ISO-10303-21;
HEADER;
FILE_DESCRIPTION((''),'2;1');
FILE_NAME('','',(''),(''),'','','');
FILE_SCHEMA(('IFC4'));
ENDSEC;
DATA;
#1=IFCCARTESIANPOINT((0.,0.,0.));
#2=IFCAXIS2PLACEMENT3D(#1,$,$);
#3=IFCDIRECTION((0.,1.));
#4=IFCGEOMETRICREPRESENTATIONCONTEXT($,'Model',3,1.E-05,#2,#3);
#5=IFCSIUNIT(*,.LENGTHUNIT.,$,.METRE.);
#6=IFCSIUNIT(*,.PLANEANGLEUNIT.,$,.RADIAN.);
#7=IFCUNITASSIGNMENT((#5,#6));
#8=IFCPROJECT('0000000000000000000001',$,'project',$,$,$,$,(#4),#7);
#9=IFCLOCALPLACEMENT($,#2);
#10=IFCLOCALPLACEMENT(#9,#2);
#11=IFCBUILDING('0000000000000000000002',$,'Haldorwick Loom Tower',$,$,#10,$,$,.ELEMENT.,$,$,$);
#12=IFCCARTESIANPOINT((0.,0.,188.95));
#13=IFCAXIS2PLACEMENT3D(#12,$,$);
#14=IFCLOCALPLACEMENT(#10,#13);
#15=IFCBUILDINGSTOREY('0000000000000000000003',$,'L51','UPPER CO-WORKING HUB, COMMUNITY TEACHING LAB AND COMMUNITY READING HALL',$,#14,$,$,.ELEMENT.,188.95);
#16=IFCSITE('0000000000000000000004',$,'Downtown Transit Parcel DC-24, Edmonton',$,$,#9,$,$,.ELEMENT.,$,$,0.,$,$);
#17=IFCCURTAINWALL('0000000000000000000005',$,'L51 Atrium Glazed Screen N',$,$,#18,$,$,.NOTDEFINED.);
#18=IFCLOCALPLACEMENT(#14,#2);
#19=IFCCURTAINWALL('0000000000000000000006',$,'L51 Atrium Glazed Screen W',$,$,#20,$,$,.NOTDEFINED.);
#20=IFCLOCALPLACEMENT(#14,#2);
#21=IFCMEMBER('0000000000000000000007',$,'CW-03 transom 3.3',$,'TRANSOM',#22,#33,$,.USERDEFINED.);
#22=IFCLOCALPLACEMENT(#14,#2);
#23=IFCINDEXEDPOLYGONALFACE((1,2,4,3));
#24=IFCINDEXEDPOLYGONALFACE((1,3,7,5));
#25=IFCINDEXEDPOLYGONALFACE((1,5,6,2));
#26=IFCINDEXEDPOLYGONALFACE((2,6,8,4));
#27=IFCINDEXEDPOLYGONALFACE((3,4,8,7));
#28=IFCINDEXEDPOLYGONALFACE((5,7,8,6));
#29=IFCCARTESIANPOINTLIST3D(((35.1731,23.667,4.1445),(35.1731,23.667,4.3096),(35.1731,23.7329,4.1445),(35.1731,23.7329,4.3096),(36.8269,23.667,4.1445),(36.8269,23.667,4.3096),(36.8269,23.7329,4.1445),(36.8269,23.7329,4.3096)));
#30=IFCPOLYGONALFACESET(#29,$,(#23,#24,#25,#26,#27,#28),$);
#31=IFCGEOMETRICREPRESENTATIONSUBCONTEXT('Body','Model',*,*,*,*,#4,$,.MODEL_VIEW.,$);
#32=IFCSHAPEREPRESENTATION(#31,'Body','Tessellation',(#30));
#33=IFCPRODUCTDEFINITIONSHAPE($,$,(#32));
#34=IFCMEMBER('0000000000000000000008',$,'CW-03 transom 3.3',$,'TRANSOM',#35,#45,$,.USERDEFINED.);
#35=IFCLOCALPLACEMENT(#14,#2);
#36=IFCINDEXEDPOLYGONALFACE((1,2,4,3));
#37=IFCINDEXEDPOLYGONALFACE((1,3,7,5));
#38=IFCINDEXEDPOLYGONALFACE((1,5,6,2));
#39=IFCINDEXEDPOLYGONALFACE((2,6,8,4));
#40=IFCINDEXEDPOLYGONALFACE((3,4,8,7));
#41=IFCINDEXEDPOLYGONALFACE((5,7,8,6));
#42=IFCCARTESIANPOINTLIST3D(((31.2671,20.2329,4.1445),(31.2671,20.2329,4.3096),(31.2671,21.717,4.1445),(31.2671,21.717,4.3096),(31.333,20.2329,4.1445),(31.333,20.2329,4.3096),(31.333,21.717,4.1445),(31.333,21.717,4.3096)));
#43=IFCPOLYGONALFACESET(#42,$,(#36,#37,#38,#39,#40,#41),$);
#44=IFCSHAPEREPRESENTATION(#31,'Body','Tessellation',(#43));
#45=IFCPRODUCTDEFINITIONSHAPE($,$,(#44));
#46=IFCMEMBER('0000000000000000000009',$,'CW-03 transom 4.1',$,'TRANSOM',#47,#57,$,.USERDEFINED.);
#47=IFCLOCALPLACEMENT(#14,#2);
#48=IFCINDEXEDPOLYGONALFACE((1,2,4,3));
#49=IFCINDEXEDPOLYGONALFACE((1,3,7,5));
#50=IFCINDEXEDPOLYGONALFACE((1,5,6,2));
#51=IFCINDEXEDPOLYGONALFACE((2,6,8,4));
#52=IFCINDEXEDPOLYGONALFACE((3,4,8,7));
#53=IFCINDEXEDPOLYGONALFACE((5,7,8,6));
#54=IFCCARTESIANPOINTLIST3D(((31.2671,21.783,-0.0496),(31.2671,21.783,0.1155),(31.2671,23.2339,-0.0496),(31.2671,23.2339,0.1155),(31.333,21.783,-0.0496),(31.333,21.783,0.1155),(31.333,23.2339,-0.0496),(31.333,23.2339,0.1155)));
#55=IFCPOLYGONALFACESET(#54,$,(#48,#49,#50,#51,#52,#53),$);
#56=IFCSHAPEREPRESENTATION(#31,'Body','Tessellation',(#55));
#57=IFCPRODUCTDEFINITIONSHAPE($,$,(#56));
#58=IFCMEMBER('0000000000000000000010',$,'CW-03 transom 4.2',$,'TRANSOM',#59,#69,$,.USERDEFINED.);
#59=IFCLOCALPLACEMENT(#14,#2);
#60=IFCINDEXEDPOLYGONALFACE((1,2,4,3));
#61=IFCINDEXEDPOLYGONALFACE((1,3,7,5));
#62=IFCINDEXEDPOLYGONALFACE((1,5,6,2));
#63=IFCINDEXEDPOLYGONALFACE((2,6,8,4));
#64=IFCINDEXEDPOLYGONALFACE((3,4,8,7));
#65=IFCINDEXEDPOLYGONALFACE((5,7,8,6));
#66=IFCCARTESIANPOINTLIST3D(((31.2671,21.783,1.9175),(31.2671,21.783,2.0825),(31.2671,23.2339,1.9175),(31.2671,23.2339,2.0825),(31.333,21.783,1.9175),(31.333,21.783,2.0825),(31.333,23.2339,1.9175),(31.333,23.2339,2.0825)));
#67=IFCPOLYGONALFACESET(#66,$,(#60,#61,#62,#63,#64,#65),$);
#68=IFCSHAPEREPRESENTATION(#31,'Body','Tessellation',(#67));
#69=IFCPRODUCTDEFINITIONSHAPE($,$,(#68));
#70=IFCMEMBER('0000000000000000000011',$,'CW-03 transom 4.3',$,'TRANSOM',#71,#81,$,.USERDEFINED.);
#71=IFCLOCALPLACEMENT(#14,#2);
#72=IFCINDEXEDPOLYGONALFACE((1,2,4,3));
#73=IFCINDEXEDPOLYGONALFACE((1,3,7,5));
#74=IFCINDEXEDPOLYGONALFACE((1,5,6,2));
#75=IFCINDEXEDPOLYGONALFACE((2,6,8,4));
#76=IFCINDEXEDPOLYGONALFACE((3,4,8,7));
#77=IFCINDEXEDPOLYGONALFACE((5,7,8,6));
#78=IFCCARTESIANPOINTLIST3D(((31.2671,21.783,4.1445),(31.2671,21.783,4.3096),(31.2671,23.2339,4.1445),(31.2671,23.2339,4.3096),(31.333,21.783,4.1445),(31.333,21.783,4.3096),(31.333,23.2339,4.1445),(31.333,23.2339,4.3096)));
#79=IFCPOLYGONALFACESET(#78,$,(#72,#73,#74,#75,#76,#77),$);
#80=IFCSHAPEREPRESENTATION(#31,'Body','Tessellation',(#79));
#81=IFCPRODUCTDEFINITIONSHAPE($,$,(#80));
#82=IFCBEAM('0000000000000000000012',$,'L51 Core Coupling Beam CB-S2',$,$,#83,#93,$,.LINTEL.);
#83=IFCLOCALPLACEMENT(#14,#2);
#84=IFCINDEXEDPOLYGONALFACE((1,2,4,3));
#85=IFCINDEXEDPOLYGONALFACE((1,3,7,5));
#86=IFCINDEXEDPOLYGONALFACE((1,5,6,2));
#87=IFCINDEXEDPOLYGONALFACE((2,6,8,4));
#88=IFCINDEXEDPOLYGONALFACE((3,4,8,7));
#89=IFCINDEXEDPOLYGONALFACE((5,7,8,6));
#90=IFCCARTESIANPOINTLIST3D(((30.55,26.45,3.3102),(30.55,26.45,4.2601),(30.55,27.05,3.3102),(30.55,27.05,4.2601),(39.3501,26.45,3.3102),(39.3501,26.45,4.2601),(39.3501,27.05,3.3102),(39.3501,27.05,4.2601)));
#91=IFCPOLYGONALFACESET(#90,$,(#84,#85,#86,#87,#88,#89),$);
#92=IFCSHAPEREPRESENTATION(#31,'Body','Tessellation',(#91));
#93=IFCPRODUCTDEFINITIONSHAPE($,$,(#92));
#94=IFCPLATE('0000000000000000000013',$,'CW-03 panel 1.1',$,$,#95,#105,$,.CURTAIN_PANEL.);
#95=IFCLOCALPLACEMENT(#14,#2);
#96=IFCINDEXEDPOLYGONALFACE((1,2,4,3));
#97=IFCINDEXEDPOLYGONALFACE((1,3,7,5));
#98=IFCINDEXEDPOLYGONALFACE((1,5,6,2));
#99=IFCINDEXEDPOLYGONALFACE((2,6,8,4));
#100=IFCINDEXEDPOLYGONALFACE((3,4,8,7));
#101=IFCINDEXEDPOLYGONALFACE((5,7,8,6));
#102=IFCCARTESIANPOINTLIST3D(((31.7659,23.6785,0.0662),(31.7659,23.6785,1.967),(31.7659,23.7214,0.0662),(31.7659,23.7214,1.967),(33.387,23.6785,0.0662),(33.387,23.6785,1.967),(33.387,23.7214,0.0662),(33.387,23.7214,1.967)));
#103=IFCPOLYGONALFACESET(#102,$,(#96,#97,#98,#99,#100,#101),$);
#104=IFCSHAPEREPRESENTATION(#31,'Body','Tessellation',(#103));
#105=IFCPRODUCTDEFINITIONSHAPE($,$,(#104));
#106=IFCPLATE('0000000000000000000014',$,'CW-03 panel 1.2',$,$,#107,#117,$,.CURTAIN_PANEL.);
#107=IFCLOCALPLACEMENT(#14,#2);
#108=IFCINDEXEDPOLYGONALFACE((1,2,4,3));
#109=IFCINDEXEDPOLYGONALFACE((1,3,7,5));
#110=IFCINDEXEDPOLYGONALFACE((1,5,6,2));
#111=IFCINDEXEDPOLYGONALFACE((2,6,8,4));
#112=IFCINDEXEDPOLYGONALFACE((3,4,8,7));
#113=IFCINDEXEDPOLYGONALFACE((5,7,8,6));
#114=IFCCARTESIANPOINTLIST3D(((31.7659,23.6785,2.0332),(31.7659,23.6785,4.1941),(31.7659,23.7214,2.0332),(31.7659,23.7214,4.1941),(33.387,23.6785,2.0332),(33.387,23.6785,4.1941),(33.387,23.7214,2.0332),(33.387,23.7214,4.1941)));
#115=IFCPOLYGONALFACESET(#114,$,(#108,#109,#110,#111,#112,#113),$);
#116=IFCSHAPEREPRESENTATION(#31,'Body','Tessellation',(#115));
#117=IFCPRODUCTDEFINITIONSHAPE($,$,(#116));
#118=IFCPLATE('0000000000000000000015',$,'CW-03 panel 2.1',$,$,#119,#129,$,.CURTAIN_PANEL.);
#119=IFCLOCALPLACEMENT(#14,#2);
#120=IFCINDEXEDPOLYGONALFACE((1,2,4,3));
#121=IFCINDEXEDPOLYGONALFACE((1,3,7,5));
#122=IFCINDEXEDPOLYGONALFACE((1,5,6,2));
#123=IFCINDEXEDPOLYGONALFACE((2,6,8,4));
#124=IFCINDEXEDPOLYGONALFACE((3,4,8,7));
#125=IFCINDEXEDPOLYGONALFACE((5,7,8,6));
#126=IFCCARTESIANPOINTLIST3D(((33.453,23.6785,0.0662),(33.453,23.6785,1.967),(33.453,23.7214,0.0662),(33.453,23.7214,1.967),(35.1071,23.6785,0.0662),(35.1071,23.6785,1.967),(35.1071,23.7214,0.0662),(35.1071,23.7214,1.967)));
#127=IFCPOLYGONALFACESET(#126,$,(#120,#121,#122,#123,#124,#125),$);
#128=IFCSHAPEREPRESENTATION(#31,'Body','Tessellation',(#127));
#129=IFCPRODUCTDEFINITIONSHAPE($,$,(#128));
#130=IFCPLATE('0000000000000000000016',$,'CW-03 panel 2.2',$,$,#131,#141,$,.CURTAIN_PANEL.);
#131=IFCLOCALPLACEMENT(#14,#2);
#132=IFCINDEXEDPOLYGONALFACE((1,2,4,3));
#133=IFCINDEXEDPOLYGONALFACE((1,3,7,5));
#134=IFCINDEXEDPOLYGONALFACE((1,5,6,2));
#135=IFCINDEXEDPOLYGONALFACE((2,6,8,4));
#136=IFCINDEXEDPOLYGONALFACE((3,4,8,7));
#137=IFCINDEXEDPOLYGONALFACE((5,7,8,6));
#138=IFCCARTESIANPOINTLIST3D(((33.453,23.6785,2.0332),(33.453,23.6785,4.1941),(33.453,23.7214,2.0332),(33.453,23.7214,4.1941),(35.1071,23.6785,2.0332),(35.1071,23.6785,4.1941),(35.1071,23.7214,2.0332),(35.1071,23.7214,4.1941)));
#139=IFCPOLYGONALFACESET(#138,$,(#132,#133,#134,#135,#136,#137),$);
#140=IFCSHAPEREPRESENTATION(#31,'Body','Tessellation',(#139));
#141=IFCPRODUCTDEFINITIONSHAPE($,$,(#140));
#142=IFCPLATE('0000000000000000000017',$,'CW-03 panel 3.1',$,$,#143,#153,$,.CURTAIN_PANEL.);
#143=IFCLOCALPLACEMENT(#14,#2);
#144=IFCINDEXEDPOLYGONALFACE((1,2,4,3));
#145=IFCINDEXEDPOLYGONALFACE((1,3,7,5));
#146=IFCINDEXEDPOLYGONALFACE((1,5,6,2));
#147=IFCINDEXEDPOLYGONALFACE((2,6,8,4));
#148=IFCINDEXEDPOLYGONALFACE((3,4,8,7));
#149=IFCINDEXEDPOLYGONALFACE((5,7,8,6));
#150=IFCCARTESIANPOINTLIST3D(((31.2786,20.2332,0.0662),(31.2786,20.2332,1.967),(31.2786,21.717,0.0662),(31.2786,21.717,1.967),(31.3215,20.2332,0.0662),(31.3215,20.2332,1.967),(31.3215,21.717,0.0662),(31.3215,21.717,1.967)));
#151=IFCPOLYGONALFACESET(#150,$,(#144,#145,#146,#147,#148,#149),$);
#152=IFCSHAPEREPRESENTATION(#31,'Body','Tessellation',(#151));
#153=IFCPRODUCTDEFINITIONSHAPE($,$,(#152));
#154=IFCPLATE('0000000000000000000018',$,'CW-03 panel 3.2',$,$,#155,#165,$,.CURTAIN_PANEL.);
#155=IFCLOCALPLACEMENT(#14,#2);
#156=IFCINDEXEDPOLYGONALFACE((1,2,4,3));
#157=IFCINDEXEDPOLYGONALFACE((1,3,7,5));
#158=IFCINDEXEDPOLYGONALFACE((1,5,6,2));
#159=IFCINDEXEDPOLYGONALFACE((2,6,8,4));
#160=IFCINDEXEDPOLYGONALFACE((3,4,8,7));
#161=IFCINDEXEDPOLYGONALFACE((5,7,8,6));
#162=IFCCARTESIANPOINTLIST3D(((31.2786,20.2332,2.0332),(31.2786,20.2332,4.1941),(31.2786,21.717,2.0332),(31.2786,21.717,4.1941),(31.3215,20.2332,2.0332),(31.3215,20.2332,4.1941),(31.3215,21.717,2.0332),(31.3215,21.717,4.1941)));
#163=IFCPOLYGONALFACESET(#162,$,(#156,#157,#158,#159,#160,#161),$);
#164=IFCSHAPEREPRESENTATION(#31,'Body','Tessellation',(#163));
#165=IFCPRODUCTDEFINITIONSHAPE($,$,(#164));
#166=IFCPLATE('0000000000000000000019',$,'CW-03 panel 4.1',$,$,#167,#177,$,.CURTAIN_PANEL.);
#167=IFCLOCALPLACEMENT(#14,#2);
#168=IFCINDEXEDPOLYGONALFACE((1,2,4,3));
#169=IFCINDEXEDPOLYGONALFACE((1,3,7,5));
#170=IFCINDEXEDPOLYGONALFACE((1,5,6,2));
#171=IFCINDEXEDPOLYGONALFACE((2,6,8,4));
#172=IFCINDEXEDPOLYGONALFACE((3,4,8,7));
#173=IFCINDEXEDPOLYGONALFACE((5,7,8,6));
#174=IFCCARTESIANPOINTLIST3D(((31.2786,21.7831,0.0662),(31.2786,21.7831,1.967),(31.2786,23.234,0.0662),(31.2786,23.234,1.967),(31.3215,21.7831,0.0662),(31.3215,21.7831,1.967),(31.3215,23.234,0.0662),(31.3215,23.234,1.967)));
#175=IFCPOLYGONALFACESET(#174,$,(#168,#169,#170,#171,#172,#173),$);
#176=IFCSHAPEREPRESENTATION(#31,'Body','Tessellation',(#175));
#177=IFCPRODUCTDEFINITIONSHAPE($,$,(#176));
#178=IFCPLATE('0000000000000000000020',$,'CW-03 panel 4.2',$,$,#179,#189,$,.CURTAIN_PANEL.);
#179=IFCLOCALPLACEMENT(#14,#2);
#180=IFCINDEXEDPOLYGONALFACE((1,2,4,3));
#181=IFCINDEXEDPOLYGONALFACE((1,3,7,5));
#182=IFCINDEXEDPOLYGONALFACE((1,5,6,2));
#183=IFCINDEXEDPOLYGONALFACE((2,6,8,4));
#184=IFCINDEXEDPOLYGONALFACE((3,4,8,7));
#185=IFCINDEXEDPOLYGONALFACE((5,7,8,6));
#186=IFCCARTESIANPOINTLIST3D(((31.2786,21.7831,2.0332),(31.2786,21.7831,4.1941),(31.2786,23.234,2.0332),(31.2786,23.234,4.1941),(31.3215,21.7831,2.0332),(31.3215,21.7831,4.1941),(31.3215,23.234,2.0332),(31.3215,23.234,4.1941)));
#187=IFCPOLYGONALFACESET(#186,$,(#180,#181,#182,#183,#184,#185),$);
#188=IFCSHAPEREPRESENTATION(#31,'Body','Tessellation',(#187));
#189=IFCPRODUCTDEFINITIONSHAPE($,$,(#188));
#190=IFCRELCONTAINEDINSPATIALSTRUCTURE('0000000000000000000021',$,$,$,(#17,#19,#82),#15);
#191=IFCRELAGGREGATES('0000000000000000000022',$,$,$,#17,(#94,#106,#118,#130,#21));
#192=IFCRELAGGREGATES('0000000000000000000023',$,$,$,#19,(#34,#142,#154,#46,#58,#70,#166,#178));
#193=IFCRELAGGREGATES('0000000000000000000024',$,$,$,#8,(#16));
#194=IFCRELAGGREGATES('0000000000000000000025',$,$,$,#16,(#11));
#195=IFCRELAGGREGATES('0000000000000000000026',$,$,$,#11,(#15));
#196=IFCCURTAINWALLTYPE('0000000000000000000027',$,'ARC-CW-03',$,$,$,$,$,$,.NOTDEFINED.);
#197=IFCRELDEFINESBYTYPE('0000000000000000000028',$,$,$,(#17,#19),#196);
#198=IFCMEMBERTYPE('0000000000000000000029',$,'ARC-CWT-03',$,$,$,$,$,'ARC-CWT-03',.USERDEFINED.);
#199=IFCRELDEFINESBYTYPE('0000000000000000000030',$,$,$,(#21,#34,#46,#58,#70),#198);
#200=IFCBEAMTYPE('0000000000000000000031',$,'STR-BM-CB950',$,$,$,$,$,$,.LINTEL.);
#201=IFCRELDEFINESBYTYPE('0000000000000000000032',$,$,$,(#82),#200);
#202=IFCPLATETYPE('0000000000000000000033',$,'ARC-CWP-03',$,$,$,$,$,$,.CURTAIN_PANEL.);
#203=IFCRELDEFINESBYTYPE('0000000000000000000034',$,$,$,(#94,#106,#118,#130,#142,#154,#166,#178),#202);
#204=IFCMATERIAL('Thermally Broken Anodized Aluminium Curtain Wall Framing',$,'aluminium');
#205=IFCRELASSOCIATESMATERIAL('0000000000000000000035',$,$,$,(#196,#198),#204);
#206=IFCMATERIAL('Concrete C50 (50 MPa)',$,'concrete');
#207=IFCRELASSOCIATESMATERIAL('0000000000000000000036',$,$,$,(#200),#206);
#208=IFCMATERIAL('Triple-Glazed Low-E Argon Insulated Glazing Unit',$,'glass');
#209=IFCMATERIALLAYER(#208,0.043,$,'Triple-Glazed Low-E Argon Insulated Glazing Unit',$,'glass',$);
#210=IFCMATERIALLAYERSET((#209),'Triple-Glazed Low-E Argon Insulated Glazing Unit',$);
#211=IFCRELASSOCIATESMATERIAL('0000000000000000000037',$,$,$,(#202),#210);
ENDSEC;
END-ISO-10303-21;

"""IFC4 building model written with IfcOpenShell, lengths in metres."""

from ifc_helpers import new_model, si_unit, direction, frame, origin, origin_2d, place, context, subcontext, project, spatial, rectangle, extrude, material, layer, layer_set, material_profile, profile_set, type_object, element, aggregate, save


model = new_model("IFC4")

# Units and contexts
model_context = context("Model", 3, precision=1e-05, world=origin(), true_north=direction((0.0, 1.0)))
body_context = subcontext(model_context, "Body", "Model", "MODEL_VIEW")
ifc_project = project(units=[si_unit("LENGTHUNIT", "METRE"), si_unit("PLANEANGLEUNIT", "RADIAN")], contexts=[model_context])

# Site, building, storey
site_placement = place(None, origin())
site = spatial("IfcSite", under=ifc_project, at=site_placement, Name="Downtown Transit Parcel DC-24, Edmonton", CompositionType="ELEMENT", RefElevation=0.0)
building_placement = place(site_placement, origin())
building = spatial("IfcBuilding", under=site, at=building_placement, Name="Haldorwick Loom Tower", CompositionType="ELEMENT")
storey_placement = place(building_placement, frame((0.0, 0.0, 188.95)))
storey = spatial("IfcBuildingStorey", under=building, at=storey_placement, Name="L51", Description="UPPER CO-WORKING HUB, COMMUNITY TEACHING LAB AND COMMUNITY READING HALL", CompositionType="ELEMENT", Elevation=188.95)

# Curtain walls
ifc_material_1 = material(Name="Thermally Broken Anodized Aluminium Curtain Wall Framing", Category="aluminium")
curtain_wall_type = type_object("IfcCurtainWallType", Name="ARC-CW-03", PredefinedType="NOTDEFINED", material=ifc_material_1)
curtain_wall_1_placement = place(storey_placement, origin())
curtain_wall_1 = element("IfcCurtainWall", 1, at=curtain_wall_1_placement, inside=storey, type_object=curtain_wall_type, Name="L51 Atrium Glazed Screen N", PredefinedType="NOTDEFINED")
curtain_wall_2_placement = place(storey_placement, origin())
curtain_wall_2 = element("IfcCurtainWall", 2, at=curtain_wall_2_placement, inside=storey, type_object=curtain_wall_type, Name="L51 Atrium Glazed Screen W", PredefinedType="NOTDEFINED")

# Members
ifc_material_profile_1 = material_profile(ifc_material_1, rectangle(XDim=0.0659, YDim=0.165, at=origin_2d()), Name="ALU_TRN_66X165", Category="aluminium")
ifc_profile_set_1 = profile_set([ifc_material_profile_1], Name="Thermally Broken Anodized Aluminium Curtain Wall Framing")
member_type_1 = type_object("IfcMemberType", Name="ARC-CWT-03", ElementType="ARC-CWT-03", PredefinedType="USERDEFINED", material=ifc_profile_set_1)
member_1_placement = place(storey_placement, frame((35.1731, 23.7, 4.2271), z_axis=(1.0, 0.0, 0.0), x_axis=(0.0, 1.0, 0.0)))
member_1 = element("IfcMember", 3, at=member_1_placement, type_object=member_type_1, Name="CW-03 transom 3.3", ObjectType="TRANSOM", PredefinedType="USERDEFINED", context=body_context, shape_type="SweptSolid", body=[
    extrude(rectangle(XDim=0.0659, YDim=0.165, at=origin_2d()), origin(), (0.0, 0.0, 1.0), 1.6538),
])
member_2_placement = place(storey_placement, frame((31.3, 20.2329, 4.2271), z_axis=(0.0, 1.0, 0.0), x_axis=(-1.0, 0.0, 0.0)))
member_2 = element("IfcMember", 4, at=member_2_placement, type_object=member_type_1, Name="CW-03 transom 3.3", ObjectType="TRANSOM", PredefinedType="USERDEFINED", context=body_context, shape_type="SweptSolid", body=[
    extrude(rectangle(XDim=0.0659, YDim=0.165, at=origin_2d()), origin(), (0.0, 0.0, 1.0), 1.4841),
])
member_3_placement = place(storey_placement, frame((31.3, 21.783, 0.033), z_axis=(0.0, 1.0, 0.0), x_axis=(-1.0, 0.0, 0.0)))
member_3 = element("IfcMember", 5, at=member_3_placement, type_object=member_type_1, Name="CW-03 transom 4.1", ObjectType="TRANSOM", PredefinedType="USERDEFINED", context=body_context, shape_type="SweptSolid", body=[
    extrude(rectangle(XDim=0.0659, YDim=0.165, at=origin_2d()), origin(), (0.0, 0.0, 1.0), 1.4509),
])
member_4_placement = place(storey_placement, frame((31.3, 21.783, 2.0), z_axis=(0.0, 1.0, 0.0), x_axis=(-1.0, 0.0, 0.0)))
member_4 = element("IfcMember", 6, at=member_4_placement, type_object=member_type_1, Name="CW-03 transom 4.2", ObjectType="TRANSOM", PredefinedType="USERDEFINED", context=body_context, shape_type="SweptSolid", body=[
    extrude(rectangle(XDim=0.0659, YDim=0.165, at=origin_2d()), origin(), (0.0, 0.0, 1.0), 1.4509),
])
member_5_placement = place(storey_placement, frame((31.3, 21.783, 4.2271), z_axis=(0.0, 1.0, 0.0), x_axis=(-1.0, 0.0, 0.0)))
member_5 = element("IfcMember", 7, at=member_5_placement, type_object=member_type_1, Name="CW-03 transom 4.3", ObjectType="TRANSOM", PredefinedType="USERDEFINED", context=body_context, shape_type="SweptSolid", body=[
    extrude(rectangle(XDim=0.0659, YDim=0.165, at=origin_2d()), origin(), (0.0, 0.0, 1.0), 1.4509),
])

# Beam
ifc_material_2 = material(Name="Concrete C50 (50 MPa)", Category="concrete")
ifc_material_profile_2 = material_profile(ifc_material_2, rectangle(XDim=0.6001, YDim=0.95, at=origin_2d()), Name="RC600X950", Category="concrete")
ifc_profile_set_2 = profile_set([ifc_material_profile_2], Name="Concrete C50 (50 MPa)")
beam_type = type_object("IfcBeamType", Name="STR-BM-CB950", PredefinedType="LINTEL", material=ifc_profile_set_2)
beam_placement = place(storey_placement, frame((30.55, 26.75, 3.7852), z_axis=(1.0, 0.0, 0.0), x_axis=(0.0, 1.0, 0.0)))
element("IfcBeam", 8, at=beam_placement, inside=storey, type_object=beam_type, Name="L51 Core Coupling Beam CB-S2", PredefinedType="LINTEL", context=body_context, shape_type="SweptSolid", body=[
    extrude(rectangle(XDim=0.6001, YDim=0.95, at=origin_2d()), origin(), (0.0, 0.0, 1.0), 8.8),
])

# Plates
ifc_material_3 = material(Name="Triple-Glazed Low-E Argon Insulated Glazing Unit", Category="glass")
ifc_layer_1 = layer(ifc_material_3, 0.043, Name="Triple-Glazed Low-E Argon Insulated Glazing Unit", Category="glass")
ifc_layer_set_1 = layer_set([ifc_layer_1], Name="Triple-Glazed Low-E Argon Insulated Glazing Unit")
plate_type = type_object("IfcPlateType", Name="ARC-CWP-03", PredefinedType="CURTAIN_PANEL", material=ifc_layer_set_1)
plate_1_placement = place(storey_placement, frame((32.5764, 23.7, 0.0662), z_axis=(0.0, 0.0, 1.0), x_axis=(1.0, 0.0, 0.0)))
plate_1 = element("IfcPlate", 9, at=plate_1_placement, type_object=plate_type, Name="CW-03 panel 1.1", PredefinedType="CURTAIN_PANEL", context=body_context, shape_type="SweptSolid", body=[
    extrude(rectangle(XDim=1.6211, YDim=0.043, at=origin_2d()), origin(), (0.0, 0.0, 1.0), 1.9009),
])
plate_2_placement = place(storey_placement, frame((32.5764, 23.7, 2.0332), z_axis=(0.0, 0.0, 1.0), x_axis=(1.0, 0.0, 0.0)))
plate_2 = element("IfcPlate", 10, at=plate_2_placement, type_object=plate_type, Name="CW-03 panel 1.2", PredefinedType="CURTAIN_PANEL", context=body_context, shape_type="SweptSolid", body=[
    extrude(rectangle(XDim=1.6211, YDim=0.043, at=origin_2d()), origin(), (0.0, 0.0, 1.0), 2.1609),
])
plate_3_placement = place(storey_placement, frame((34.28, 23.7, 0.0662), z_axis=(0.0, 0.0, 1.0), x_axis=(1.0, 0.0, 0.0)))
plate_3 = element("IfcPlate", 11, at=plate_3_placement, type_object=plate_type, Name="CW-03 panel 2.1", PredefinedType="CURTAIN_PANEL", context=body_context, shape_type="SweptSolid", body=[
    extrude(rectangle(XDim=1.6541, YDim=0.043, at=origin_2d()), origin(), (0.0, 0.0, 1.0), 1.9009),
])
plate_4_placement = place(storey_placement, frame((34.28, 23.7, 2.0332), z_axis=(0.0, 0.0, 1.0), x_axis=(1.0, 0.0, 0.0)))
plate_4 = element("IfcPlate", 12, at=plate_4_placement, type_object=plate_type, Name="CW-03 panel 2.2", PredefinedType="CURTAIN_PANEL", context=body_context, shape_type="SweptSolid", body=[
    extrude(rectangle(XDim=1.6541, YDim=0.043, at=origin_2d()), origin(), (0.0, 0.0, 1.0), 2.1609),
])
aggregate(curtain_wall_1, [plate_1, plate_2, plate_3, plate_4, member_1])
plate_5_placement = place(storey_placement, frame((31.3, 20.9751, 0.0662), z_axis=(0.0, 0.0, 1.0), x_axis=(0.0, 1.0, 0.0)))
plate_5 = element("IfcPlate", 13, at=plate_5_placement, type_object=plate_type, Name="CW-03 panel 3.1", PredefinedType="CURTAIN_PANEL", context=body_context, shape_type="SweptSolid", body=[
    extrude(rectangle(XDim=1.4839, YDim=0.043, at=origin_2d()), origin(), (0.0, 0.0, 1.0), 1.9009),
])
plate_6_placement = place(storey_placement, frame((31.3, 20.9751, 2.0332), z_axis=(0.0, 0.0, 1.0), x_axis=(0.0, 1.0, 0.0)))
plate_6 = element("IfcPlate", 14, at=plate_6_placement, type_object=plate_type, Name="CW-03 panel 3.2", PredefinedType="CURTAIN_PANEL", context=body_context, shape_type="SweptSolid", body=[
    extrude(rectangle(XDim=1.4839, YDim=0.043, at=origin_2d()), origin(), (0.0, 0.0, 1.0), 2.1609),
])
plate_7_placement = place(storey_placement, frame((31.3, 22.5085, 0.0662), z_axis=(0.0, 0.0, 1.0), x_axis=(0.0, 1.0, 0.0)))
plate_7 = element("IfcPlate", 15, at=plate_7_placement, type_object=plate_type, Name="CW-03 panel 4.1", PredefinedType="CURTAIN_PANEL", context=body_context, shape_type="SweptSolid", body=[
    extrude(rectangle(XDim=1.4509, YDim=0.043, at=origin_2d()), origin(), (0.0, 0.0, 1.0), 1.9009),
])
plate_8_placement = place(storey_placement, frame((31.3, 22.5085, 2.0332), z_axis=(0.0, 0.0, 1.0), x_axis=(0.0, 1.0, 0.0)))
plate_8 = element("IfcPlate", 16, at=plate_8_placement, type_object=plate_type, Name="CW-03 panel 4.2", PredefinedType="CURTAIN_PANEL", context=body_context, shape_type="SweptSolid", body=[
    extrude(rectangle(XDim=1.4509, YDim=0.043, at=origin_2d()), origin(), (0.0, 0.0, 1.0), 2.1609),
])
aggregate(curtain_wall_2, [member_2, plate_5, plate_6, member_3, member_4, member_5, plate_7, plate_8])

save(model, "model.ifc")
